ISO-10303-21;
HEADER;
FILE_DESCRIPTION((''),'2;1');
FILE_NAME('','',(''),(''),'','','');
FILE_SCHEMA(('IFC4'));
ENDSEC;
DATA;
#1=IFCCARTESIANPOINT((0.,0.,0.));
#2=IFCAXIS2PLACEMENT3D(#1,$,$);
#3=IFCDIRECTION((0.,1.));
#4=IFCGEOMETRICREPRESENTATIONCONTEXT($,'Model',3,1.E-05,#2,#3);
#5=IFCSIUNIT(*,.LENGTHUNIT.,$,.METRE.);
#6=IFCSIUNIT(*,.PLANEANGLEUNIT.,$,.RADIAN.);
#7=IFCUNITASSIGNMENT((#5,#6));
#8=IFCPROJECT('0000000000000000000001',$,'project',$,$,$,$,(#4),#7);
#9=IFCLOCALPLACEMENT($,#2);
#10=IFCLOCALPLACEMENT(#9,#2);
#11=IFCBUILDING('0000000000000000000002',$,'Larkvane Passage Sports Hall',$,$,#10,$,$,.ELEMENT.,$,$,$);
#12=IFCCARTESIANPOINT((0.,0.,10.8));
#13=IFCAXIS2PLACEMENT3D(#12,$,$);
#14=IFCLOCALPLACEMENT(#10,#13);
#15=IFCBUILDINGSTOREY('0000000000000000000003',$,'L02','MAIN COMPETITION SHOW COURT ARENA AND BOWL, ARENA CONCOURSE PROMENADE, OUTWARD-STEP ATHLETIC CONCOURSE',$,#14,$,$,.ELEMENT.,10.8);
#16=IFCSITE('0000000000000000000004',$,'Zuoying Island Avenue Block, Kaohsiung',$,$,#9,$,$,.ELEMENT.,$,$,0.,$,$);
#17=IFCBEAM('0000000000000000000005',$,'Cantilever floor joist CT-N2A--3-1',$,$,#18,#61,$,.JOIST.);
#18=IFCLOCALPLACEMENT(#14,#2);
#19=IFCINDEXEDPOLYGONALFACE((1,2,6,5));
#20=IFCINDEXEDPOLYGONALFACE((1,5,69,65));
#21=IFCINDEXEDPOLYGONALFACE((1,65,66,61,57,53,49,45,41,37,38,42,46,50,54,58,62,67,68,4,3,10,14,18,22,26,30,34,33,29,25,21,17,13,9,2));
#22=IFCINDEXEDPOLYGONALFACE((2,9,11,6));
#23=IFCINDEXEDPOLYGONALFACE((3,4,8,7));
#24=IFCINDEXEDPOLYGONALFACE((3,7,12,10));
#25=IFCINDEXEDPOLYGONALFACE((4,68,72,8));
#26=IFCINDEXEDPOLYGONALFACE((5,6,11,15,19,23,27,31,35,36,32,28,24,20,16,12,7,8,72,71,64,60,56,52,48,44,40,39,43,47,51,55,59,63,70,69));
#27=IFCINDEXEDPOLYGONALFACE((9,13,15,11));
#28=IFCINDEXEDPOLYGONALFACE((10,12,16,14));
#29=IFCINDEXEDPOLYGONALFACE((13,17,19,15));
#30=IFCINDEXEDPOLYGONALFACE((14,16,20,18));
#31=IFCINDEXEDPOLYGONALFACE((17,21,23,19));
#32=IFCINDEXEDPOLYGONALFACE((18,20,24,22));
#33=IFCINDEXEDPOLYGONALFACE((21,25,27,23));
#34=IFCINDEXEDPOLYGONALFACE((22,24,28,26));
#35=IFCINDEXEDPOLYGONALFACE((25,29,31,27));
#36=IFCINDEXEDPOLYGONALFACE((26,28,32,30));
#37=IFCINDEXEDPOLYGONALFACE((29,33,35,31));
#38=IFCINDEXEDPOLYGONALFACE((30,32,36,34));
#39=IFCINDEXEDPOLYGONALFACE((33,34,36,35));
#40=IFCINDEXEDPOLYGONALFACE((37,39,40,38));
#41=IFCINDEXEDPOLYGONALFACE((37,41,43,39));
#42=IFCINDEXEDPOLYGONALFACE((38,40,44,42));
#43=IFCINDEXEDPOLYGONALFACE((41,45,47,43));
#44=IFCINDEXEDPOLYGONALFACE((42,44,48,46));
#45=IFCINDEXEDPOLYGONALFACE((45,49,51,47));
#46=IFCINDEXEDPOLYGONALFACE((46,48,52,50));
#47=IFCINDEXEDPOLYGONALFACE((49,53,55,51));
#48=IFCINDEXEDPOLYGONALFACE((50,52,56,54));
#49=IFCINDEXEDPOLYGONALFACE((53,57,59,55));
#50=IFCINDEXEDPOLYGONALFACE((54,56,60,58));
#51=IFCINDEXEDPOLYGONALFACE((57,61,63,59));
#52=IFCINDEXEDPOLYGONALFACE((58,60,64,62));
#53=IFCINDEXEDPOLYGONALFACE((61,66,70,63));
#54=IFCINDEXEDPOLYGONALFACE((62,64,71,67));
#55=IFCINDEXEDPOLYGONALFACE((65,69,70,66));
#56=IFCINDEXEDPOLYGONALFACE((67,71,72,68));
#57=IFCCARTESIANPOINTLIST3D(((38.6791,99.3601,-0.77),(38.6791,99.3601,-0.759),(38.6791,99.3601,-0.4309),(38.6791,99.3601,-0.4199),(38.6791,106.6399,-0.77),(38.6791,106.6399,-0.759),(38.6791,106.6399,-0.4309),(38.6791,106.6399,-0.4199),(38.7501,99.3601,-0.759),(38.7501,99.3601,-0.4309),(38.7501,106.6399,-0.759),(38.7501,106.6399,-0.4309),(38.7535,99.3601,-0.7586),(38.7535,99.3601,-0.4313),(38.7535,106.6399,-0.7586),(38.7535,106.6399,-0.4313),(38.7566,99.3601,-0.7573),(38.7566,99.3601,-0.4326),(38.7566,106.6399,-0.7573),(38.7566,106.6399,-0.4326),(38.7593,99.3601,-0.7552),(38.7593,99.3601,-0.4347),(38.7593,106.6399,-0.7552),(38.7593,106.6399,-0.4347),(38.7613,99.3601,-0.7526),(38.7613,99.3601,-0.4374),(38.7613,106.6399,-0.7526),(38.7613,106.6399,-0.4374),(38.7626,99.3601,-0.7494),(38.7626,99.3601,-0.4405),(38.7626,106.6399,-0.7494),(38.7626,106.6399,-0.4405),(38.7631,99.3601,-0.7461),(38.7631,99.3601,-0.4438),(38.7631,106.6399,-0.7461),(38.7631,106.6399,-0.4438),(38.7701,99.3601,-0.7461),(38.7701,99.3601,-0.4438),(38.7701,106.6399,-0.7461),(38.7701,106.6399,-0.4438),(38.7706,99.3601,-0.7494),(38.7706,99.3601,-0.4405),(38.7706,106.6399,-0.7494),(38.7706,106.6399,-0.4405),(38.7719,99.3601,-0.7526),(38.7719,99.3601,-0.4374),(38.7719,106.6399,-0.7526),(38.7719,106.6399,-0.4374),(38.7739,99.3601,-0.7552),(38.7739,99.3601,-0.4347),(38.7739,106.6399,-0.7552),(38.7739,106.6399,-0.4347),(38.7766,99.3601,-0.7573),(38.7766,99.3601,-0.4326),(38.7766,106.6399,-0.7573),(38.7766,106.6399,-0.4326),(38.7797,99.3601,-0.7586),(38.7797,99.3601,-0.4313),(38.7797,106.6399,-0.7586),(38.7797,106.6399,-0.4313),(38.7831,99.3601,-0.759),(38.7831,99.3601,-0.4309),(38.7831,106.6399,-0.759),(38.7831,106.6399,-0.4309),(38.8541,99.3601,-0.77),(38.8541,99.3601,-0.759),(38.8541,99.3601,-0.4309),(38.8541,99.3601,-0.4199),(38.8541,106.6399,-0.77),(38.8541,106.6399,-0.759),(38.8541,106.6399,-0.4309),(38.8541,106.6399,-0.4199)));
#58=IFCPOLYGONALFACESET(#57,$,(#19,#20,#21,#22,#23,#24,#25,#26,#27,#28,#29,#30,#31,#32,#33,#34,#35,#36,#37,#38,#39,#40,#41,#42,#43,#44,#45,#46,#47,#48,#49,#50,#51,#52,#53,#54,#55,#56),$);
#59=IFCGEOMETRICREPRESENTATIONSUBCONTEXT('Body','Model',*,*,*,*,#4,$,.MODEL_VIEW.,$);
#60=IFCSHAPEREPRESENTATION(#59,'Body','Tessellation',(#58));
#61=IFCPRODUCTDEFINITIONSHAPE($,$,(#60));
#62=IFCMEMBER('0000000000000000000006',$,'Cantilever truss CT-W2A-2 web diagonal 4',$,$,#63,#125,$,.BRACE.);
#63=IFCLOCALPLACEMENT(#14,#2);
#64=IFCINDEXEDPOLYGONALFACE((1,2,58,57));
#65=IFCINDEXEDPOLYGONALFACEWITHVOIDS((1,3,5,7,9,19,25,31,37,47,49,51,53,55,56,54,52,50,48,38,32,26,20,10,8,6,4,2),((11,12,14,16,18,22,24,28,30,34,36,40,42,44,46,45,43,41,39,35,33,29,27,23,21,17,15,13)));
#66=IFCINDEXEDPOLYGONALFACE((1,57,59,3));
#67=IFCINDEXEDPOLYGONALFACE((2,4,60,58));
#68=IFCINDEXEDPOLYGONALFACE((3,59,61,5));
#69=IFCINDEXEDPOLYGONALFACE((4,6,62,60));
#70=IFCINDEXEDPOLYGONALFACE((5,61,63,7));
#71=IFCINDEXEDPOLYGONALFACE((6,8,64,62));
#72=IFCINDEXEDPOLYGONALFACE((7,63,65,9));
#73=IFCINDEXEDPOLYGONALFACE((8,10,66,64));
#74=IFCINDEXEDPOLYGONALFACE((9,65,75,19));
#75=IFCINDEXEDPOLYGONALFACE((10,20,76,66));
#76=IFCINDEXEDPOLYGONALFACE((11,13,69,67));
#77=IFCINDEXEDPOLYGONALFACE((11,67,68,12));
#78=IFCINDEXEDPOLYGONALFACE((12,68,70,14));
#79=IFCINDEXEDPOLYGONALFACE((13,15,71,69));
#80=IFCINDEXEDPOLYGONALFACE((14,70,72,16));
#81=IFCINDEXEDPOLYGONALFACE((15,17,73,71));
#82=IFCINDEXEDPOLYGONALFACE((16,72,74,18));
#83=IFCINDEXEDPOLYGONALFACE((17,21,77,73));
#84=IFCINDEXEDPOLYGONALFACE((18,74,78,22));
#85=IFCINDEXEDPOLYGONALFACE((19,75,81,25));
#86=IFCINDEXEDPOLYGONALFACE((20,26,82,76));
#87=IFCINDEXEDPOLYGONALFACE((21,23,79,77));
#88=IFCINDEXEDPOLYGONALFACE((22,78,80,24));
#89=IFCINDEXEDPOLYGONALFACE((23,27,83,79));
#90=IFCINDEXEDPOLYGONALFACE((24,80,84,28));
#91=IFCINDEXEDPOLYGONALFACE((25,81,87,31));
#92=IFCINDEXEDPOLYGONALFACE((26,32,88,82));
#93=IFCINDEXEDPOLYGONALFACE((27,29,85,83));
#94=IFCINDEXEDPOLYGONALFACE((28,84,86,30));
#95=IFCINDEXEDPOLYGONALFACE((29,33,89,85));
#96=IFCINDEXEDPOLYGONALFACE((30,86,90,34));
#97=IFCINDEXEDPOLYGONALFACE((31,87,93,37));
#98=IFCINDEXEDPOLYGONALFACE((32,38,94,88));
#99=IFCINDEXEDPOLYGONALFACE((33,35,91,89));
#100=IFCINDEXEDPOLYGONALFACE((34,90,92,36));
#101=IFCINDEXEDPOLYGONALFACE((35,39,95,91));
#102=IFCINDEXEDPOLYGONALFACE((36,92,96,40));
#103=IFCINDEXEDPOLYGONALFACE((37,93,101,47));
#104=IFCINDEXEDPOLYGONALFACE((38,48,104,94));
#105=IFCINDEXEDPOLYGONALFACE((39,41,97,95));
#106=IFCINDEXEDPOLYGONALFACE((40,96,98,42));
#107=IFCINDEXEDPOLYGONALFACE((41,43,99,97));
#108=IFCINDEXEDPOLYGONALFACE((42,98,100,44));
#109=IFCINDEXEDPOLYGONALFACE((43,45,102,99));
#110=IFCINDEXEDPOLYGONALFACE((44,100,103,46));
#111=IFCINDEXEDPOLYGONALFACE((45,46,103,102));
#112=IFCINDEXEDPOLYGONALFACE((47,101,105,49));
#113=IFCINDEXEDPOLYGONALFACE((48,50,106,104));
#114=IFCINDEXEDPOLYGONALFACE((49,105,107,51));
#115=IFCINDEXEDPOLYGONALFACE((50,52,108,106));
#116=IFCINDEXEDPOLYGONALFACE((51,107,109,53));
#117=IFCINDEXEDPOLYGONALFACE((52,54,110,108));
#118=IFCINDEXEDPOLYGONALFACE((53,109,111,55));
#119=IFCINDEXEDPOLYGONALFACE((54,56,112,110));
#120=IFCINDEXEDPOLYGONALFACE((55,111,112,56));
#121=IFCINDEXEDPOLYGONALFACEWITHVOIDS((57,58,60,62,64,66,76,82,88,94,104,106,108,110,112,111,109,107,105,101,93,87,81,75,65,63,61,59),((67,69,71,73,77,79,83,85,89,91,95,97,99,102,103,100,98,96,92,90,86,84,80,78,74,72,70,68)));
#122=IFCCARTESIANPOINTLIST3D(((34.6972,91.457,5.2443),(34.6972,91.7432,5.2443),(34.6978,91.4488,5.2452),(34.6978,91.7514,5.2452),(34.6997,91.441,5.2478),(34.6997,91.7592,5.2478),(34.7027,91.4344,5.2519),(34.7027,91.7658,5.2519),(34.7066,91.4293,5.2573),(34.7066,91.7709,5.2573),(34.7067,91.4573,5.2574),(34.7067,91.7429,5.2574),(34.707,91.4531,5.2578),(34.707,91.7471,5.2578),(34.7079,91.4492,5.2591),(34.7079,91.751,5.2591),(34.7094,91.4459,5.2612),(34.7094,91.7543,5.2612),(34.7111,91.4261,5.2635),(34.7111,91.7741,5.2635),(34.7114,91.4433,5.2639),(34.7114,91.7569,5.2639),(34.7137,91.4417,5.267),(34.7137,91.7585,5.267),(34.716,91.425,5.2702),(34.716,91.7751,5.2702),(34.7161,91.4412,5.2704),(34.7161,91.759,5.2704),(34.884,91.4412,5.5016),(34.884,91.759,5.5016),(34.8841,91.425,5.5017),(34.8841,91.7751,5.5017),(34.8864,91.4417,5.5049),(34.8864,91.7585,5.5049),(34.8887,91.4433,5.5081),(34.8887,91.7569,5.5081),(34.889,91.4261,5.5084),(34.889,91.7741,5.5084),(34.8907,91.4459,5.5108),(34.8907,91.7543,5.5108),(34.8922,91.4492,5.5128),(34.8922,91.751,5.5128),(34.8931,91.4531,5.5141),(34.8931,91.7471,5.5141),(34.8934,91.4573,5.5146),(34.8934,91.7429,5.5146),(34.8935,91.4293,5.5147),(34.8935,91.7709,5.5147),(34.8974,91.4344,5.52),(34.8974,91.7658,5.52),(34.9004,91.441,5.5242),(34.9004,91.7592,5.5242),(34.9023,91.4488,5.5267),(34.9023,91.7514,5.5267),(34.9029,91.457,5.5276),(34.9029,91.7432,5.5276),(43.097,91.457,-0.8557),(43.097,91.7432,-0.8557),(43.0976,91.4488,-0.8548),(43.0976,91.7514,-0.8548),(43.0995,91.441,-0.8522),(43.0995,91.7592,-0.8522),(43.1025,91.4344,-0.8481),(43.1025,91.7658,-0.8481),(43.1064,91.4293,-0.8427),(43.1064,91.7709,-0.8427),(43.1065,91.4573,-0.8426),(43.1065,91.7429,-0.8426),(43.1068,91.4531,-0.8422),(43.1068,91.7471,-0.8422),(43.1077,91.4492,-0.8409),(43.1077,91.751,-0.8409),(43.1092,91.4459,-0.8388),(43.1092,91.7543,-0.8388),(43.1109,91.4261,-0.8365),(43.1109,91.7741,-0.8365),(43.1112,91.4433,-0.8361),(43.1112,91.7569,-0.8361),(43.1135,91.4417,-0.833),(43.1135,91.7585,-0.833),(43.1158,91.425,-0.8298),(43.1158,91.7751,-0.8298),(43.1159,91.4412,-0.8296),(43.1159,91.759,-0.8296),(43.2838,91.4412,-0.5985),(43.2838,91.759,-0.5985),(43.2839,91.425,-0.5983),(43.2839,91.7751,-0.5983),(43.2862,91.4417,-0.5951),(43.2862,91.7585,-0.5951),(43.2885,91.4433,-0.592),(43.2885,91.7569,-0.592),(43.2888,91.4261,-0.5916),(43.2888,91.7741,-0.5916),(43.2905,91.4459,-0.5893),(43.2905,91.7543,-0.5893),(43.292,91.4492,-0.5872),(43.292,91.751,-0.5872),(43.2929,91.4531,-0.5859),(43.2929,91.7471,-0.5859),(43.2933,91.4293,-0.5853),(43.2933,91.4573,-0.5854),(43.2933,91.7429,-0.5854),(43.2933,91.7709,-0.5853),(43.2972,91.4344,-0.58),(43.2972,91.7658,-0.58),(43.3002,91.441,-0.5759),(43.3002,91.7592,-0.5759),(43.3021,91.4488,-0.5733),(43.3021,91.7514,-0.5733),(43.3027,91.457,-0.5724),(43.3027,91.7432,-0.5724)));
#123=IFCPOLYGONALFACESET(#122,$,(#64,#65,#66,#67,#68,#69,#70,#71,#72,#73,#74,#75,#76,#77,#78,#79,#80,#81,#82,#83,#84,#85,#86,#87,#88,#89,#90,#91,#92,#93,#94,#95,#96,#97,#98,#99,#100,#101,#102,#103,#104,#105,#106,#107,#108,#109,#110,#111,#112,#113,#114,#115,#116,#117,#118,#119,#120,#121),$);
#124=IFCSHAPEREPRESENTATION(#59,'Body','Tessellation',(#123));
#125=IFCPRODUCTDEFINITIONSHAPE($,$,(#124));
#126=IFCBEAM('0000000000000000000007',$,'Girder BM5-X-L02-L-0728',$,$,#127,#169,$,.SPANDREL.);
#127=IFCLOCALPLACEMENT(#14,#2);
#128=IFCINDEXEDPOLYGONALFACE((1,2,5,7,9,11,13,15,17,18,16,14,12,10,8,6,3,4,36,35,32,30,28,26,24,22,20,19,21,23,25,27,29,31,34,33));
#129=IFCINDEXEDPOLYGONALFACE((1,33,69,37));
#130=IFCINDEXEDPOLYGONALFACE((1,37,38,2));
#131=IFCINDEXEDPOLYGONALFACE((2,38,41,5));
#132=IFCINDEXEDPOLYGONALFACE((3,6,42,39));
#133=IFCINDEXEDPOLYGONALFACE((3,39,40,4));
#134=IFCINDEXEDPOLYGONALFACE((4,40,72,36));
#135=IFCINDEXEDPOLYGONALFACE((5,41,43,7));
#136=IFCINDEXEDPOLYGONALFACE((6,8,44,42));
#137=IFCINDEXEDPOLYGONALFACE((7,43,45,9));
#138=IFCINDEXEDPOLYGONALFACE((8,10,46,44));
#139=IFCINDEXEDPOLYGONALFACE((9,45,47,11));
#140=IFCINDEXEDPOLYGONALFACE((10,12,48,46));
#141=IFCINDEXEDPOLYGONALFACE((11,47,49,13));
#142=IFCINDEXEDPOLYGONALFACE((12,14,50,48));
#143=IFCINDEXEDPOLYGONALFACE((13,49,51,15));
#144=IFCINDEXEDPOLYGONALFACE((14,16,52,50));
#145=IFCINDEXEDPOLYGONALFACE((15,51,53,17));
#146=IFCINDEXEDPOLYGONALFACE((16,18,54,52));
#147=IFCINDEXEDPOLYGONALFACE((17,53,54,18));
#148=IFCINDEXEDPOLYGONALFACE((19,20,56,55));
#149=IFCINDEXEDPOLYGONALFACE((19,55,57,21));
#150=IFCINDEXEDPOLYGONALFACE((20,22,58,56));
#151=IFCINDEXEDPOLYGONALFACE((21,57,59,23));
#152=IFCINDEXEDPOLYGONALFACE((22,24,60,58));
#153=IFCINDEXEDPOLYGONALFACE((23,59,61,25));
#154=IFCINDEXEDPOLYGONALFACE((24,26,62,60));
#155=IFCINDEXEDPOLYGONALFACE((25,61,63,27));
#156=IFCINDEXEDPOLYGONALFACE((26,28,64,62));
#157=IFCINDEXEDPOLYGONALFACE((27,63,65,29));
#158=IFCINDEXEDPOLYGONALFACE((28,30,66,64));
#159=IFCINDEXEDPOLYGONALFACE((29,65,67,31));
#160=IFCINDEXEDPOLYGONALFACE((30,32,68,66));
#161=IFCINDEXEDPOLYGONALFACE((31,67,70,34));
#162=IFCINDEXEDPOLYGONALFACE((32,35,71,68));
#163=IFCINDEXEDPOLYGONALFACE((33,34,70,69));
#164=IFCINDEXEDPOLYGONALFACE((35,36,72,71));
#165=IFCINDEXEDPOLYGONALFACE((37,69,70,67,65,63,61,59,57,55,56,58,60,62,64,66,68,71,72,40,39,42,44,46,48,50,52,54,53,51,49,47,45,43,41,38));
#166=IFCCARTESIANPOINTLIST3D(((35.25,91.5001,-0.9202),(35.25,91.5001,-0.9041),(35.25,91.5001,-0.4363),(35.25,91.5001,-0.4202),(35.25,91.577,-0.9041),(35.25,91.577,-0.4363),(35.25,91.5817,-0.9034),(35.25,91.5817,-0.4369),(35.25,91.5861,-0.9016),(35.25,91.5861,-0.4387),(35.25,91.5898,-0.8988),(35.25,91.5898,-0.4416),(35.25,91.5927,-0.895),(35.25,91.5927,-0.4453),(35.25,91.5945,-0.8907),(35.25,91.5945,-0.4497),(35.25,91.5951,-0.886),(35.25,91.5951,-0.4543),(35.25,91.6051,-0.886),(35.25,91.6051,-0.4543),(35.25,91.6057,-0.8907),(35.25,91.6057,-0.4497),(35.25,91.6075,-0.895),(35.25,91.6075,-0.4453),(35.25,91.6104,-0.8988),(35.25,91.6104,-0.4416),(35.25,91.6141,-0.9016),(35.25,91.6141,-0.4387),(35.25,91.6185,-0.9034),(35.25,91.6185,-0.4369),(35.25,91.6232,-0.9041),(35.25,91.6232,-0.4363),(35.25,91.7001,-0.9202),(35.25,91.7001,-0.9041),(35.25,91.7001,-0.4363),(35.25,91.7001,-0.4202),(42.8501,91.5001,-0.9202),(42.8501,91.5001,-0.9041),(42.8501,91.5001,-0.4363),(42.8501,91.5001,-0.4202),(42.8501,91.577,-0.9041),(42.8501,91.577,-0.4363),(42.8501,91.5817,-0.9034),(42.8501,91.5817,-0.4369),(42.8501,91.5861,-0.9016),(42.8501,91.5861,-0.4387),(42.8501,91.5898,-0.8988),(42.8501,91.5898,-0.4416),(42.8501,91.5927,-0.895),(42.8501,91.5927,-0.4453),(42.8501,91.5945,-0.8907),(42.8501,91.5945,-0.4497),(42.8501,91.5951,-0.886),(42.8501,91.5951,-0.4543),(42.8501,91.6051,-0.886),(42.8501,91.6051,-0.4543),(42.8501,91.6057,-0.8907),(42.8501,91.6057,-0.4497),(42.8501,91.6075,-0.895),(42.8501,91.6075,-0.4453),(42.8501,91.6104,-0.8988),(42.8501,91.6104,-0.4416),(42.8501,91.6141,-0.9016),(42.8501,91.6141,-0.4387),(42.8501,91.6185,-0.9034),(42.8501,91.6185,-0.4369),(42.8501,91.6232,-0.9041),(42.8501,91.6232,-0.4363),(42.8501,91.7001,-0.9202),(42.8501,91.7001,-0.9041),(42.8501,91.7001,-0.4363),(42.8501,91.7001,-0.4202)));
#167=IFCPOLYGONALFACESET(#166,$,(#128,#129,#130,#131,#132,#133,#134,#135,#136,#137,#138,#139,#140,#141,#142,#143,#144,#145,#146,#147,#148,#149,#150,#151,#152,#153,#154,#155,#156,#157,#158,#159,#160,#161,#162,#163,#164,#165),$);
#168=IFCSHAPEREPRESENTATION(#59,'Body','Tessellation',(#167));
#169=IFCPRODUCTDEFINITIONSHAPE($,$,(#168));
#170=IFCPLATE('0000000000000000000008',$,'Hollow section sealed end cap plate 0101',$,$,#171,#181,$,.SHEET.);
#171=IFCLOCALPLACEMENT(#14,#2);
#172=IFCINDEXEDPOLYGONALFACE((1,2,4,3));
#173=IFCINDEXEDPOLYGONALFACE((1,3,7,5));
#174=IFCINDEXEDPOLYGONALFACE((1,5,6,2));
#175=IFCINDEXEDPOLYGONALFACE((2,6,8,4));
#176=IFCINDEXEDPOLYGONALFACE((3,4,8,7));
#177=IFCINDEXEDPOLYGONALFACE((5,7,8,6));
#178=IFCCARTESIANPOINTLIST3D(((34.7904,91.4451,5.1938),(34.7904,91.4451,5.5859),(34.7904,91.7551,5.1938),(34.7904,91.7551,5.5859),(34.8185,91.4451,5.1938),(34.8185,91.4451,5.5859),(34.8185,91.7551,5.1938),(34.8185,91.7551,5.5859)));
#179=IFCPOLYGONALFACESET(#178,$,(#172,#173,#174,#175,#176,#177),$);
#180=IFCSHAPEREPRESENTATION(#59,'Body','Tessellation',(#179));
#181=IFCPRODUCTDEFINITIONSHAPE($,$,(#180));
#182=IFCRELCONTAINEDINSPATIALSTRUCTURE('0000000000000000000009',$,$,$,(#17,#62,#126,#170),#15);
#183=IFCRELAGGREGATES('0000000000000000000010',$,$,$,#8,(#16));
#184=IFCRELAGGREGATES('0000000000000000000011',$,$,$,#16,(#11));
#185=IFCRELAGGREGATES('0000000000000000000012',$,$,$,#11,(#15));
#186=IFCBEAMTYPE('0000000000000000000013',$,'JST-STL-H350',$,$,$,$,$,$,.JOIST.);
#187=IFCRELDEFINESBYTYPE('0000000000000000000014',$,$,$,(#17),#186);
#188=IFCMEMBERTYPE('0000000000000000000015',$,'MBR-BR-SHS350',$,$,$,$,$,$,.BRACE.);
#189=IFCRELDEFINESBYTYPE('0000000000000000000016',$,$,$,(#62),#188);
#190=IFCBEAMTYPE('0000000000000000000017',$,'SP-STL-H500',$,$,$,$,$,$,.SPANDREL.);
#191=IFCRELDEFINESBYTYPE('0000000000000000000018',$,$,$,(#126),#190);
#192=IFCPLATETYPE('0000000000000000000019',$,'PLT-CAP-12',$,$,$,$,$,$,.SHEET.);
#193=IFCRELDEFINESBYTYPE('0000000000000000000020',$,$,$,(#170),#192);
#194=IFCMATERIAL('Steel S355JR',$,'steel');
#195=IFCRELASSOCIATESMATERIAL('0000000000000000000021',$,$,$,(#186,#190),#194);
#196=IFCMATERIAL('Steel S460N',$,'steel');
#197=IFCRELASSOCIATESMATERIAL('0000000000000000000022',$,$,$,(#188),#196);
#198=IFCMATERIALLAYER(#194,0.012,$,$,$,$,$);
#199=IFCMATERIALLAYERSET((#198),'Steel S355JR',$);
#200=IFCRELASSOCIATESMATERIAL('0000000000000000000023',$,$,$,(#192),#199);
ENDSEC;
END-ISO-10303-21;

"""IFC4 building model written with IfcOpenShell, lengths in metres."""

from ifc_helpers import new_model, si_unit, direction, frame, origin, origin_2d, place, context, subcontext, project, spatial, rectangle, hollow_rectangle, i_section, extrude, material, layer, layer_set, material_profile, profile_set, type_object, element, save


model = new_model("IFC4")

# Units and contexts
model_context = context("Model", 3, precision=1e-05, world=origin(), true_north=direction((0.0, 1.0)))
body_context = subcontext(model_context, "Body", "Model", "MODEL_VIEW")
ifc_project = project(units=[si_unit("LENGTHUNIT", "METRE"), si_unit("PLANEANGLEUNIT", "RADIAN")], contexts=[model_context])

# Site, building, storey
site_placement = place(None, origin())
site = spatial("IfcSite", under=ifc_project, at=site_placement, Name="Zuoying Island Avenue Block, Kaohsiung", CompositionType="ELEMENT", RefElevation=0.0)
building_placement = place(site_placement, origin())
building = spatial("IfcBuilding", under=site, at=building_placement, Name="Larkvane Passage Sports Hall", CompositionType="ELEMENT")
storey_placement = place(building_placement, frame((0.0, 0.0, 10.8)))
storey = spatial("IfcBuildingStorey", under=building, at=storey_placement, Name="L02", Description="MAIN COMPETITION SHOW COURT ARENA AND BOWL, ARENA CONCOURSE PROMENADE, OUTWARD-STEP ATHLETIC CONCOURSE", CompositionType="ELEMENT", Elevation=10.8)

# Shared definitions
ifc_material_1 = material(Name="Steel S460N", Category="steel")

# Beam
ifc_material_2 = material(Name="Steel S355JR", Category="steel")
ifc_material_profile_1 = material_profile(ifc_material_2, i_section(OverallWidth=0.175, OverallDepth=0.3501, WebThickness=0.0071, FlangeThickness=0.011, FilletRadius=0.0129, at=origin_2d()), Name="H-350x175x7x11")
ifc_profile_set_1 = profile_set([ifc_material_profile_1], Name="Steel S355JR")
beam_type_1 = type_object("IfcBeamType", Name="JST-STL-H350", PredefinedType="JOIST", material=ifc_profile_set_1)
beam_1_placement = place(storey_placement, frame((38.7666, 99.3601, -0.595), z_axis=(0.0, 1.0, 0.0), x_axis=(-1.0, 0.0, 0.0)))
element("IfcBeam", 1, at=beam_1_placement, inside=storey, type_object=beam_type_1, Name="Cantilever floor joist CT-N2A--3-1", PredefinedType="JOIST", context=body_context, shape_type="SweptSolid", body=[
    extrude(i_section(OverallWidth=0.175, OverallDepth=0.3501, WebThickness=0.0071, FlangeThickness=0.011, FilletRadius=0.0129, at=origin_2d()), origin(), (0.0, 0.0, 1.0), 7.2798),
])

# Member
ifc_material_profile_2 = material_profile(ifc_material_1, hollow_rectangle(XDim=0.3501, YDim=0.3501, WallThickness=0.0161, InnerFilletRadius=0.0161, OuterFilletRadius=0.032, at=origin_2d()), Name="SHS-350x350x16")
ifc_profile_set_2 = profile_set([ifc_material_profile_2], Name="Steel S460N")
member_type = type_object("IfcMemberType", Name="MBR-BR-SHS350", PredefinedType="BRACE", material=ifc_profile_set_2)
member_placement = place(storey_placement, frame((34.8, 91.6001, 5.386), z_axis=(0.809145, 0.0, -0.587609), x_axis=(0.0, 1.0, 0.0)))
element("IfcMember", 2, at=member_placement, inside=storey, type_object=member_type, Name="Cantilever truss CT-W2A-2 web diagonal 4", PredefinedType="BRACE", context=body_context, shape_type="SweptSolid", body=[
    extrude(hollow_rectangle(XDim=0.3501, YDim=0.3501, WallThickness=0.0161, InnerFilletRadius=0.0161, OuterFilletRadius=0.032, at=origin_2d()), origin(), (0.0, 0.0, 1.0), 10.3811),
])

# Beam
ifc_material_profile_3 = material_profile(ifc_material_2, i_section(OverallWidth=0.2, OverallDepth=0.5, WebThickness=0.01, FlangeThickness=0.0161, FilletRadius=0.0181, at=origin_2d()), Name="H-500x200x10x16")
ifc_profile_set_3 = profile_set([ifc_material_profile_3], Name="Steel S355JR")
beam_type_2 = type_object("IfcBeamType", Name="SP-STL-H500", PredefinedType="SPANDREL", material=ifc_profile_set_3)
beam_2_placement = place(storey_placement, frame((35.25, 91.6001, -0.6702), z_axis=(1.0, 0.0, 0.0), x_axis=(0.0, 1.0, 0.0)))
element("IfcBeam", 3, at=beam_2_placement, inside=storey, type_object=beam_type_2, Name="Girder BM5-X-L02-L-0728", PredefinedType="SPANDREL", context=body_context, shape_type="SweptSolid", body=[
    extrude(i_section(OverallWidth=0.2, OverallDepth=0.5, WebThickness=0.01, FlangeThickness=0.0161, FilletRadius=0.0181, at=origin_2d()), origin(), (0.0, 0.0, 1.0), 7.6001),
])

# Plate
ifc_layer_1 = layer(ifc_material_2, 0.012)
ifc_layer_set_1 = layer_set([ifc_layer_1], Name="Steel S355JR")
plate_type_1 = type_object("IfcPlateType", Name="PLT-CAP-12", PredefinedType="SHEET", material=ifc_layer_set_1)
plate_1_placement = place(storey_placement, frame((34.8044, 91.6001, 5.1938), z_axis=(0.0, 0.0, 1.0), x_axis=(0.0, 1.0, 0.0)))
element("IfcPlate", 4, at=plate_1_placement, inside=storey, type_object=plate_type_1, Name="Hollow section sealed end cap plate 0101", PredefinedType="SHEET", context=body_context, shape_type="SweptSolid", body=[
    extrude(rectangle(XDim=0.3101, YDim=0.0281, at=origin_2d()), origin(), (0.0, 0.0, 1.0), 0.3921),
])

save(model, "model.ifc")
